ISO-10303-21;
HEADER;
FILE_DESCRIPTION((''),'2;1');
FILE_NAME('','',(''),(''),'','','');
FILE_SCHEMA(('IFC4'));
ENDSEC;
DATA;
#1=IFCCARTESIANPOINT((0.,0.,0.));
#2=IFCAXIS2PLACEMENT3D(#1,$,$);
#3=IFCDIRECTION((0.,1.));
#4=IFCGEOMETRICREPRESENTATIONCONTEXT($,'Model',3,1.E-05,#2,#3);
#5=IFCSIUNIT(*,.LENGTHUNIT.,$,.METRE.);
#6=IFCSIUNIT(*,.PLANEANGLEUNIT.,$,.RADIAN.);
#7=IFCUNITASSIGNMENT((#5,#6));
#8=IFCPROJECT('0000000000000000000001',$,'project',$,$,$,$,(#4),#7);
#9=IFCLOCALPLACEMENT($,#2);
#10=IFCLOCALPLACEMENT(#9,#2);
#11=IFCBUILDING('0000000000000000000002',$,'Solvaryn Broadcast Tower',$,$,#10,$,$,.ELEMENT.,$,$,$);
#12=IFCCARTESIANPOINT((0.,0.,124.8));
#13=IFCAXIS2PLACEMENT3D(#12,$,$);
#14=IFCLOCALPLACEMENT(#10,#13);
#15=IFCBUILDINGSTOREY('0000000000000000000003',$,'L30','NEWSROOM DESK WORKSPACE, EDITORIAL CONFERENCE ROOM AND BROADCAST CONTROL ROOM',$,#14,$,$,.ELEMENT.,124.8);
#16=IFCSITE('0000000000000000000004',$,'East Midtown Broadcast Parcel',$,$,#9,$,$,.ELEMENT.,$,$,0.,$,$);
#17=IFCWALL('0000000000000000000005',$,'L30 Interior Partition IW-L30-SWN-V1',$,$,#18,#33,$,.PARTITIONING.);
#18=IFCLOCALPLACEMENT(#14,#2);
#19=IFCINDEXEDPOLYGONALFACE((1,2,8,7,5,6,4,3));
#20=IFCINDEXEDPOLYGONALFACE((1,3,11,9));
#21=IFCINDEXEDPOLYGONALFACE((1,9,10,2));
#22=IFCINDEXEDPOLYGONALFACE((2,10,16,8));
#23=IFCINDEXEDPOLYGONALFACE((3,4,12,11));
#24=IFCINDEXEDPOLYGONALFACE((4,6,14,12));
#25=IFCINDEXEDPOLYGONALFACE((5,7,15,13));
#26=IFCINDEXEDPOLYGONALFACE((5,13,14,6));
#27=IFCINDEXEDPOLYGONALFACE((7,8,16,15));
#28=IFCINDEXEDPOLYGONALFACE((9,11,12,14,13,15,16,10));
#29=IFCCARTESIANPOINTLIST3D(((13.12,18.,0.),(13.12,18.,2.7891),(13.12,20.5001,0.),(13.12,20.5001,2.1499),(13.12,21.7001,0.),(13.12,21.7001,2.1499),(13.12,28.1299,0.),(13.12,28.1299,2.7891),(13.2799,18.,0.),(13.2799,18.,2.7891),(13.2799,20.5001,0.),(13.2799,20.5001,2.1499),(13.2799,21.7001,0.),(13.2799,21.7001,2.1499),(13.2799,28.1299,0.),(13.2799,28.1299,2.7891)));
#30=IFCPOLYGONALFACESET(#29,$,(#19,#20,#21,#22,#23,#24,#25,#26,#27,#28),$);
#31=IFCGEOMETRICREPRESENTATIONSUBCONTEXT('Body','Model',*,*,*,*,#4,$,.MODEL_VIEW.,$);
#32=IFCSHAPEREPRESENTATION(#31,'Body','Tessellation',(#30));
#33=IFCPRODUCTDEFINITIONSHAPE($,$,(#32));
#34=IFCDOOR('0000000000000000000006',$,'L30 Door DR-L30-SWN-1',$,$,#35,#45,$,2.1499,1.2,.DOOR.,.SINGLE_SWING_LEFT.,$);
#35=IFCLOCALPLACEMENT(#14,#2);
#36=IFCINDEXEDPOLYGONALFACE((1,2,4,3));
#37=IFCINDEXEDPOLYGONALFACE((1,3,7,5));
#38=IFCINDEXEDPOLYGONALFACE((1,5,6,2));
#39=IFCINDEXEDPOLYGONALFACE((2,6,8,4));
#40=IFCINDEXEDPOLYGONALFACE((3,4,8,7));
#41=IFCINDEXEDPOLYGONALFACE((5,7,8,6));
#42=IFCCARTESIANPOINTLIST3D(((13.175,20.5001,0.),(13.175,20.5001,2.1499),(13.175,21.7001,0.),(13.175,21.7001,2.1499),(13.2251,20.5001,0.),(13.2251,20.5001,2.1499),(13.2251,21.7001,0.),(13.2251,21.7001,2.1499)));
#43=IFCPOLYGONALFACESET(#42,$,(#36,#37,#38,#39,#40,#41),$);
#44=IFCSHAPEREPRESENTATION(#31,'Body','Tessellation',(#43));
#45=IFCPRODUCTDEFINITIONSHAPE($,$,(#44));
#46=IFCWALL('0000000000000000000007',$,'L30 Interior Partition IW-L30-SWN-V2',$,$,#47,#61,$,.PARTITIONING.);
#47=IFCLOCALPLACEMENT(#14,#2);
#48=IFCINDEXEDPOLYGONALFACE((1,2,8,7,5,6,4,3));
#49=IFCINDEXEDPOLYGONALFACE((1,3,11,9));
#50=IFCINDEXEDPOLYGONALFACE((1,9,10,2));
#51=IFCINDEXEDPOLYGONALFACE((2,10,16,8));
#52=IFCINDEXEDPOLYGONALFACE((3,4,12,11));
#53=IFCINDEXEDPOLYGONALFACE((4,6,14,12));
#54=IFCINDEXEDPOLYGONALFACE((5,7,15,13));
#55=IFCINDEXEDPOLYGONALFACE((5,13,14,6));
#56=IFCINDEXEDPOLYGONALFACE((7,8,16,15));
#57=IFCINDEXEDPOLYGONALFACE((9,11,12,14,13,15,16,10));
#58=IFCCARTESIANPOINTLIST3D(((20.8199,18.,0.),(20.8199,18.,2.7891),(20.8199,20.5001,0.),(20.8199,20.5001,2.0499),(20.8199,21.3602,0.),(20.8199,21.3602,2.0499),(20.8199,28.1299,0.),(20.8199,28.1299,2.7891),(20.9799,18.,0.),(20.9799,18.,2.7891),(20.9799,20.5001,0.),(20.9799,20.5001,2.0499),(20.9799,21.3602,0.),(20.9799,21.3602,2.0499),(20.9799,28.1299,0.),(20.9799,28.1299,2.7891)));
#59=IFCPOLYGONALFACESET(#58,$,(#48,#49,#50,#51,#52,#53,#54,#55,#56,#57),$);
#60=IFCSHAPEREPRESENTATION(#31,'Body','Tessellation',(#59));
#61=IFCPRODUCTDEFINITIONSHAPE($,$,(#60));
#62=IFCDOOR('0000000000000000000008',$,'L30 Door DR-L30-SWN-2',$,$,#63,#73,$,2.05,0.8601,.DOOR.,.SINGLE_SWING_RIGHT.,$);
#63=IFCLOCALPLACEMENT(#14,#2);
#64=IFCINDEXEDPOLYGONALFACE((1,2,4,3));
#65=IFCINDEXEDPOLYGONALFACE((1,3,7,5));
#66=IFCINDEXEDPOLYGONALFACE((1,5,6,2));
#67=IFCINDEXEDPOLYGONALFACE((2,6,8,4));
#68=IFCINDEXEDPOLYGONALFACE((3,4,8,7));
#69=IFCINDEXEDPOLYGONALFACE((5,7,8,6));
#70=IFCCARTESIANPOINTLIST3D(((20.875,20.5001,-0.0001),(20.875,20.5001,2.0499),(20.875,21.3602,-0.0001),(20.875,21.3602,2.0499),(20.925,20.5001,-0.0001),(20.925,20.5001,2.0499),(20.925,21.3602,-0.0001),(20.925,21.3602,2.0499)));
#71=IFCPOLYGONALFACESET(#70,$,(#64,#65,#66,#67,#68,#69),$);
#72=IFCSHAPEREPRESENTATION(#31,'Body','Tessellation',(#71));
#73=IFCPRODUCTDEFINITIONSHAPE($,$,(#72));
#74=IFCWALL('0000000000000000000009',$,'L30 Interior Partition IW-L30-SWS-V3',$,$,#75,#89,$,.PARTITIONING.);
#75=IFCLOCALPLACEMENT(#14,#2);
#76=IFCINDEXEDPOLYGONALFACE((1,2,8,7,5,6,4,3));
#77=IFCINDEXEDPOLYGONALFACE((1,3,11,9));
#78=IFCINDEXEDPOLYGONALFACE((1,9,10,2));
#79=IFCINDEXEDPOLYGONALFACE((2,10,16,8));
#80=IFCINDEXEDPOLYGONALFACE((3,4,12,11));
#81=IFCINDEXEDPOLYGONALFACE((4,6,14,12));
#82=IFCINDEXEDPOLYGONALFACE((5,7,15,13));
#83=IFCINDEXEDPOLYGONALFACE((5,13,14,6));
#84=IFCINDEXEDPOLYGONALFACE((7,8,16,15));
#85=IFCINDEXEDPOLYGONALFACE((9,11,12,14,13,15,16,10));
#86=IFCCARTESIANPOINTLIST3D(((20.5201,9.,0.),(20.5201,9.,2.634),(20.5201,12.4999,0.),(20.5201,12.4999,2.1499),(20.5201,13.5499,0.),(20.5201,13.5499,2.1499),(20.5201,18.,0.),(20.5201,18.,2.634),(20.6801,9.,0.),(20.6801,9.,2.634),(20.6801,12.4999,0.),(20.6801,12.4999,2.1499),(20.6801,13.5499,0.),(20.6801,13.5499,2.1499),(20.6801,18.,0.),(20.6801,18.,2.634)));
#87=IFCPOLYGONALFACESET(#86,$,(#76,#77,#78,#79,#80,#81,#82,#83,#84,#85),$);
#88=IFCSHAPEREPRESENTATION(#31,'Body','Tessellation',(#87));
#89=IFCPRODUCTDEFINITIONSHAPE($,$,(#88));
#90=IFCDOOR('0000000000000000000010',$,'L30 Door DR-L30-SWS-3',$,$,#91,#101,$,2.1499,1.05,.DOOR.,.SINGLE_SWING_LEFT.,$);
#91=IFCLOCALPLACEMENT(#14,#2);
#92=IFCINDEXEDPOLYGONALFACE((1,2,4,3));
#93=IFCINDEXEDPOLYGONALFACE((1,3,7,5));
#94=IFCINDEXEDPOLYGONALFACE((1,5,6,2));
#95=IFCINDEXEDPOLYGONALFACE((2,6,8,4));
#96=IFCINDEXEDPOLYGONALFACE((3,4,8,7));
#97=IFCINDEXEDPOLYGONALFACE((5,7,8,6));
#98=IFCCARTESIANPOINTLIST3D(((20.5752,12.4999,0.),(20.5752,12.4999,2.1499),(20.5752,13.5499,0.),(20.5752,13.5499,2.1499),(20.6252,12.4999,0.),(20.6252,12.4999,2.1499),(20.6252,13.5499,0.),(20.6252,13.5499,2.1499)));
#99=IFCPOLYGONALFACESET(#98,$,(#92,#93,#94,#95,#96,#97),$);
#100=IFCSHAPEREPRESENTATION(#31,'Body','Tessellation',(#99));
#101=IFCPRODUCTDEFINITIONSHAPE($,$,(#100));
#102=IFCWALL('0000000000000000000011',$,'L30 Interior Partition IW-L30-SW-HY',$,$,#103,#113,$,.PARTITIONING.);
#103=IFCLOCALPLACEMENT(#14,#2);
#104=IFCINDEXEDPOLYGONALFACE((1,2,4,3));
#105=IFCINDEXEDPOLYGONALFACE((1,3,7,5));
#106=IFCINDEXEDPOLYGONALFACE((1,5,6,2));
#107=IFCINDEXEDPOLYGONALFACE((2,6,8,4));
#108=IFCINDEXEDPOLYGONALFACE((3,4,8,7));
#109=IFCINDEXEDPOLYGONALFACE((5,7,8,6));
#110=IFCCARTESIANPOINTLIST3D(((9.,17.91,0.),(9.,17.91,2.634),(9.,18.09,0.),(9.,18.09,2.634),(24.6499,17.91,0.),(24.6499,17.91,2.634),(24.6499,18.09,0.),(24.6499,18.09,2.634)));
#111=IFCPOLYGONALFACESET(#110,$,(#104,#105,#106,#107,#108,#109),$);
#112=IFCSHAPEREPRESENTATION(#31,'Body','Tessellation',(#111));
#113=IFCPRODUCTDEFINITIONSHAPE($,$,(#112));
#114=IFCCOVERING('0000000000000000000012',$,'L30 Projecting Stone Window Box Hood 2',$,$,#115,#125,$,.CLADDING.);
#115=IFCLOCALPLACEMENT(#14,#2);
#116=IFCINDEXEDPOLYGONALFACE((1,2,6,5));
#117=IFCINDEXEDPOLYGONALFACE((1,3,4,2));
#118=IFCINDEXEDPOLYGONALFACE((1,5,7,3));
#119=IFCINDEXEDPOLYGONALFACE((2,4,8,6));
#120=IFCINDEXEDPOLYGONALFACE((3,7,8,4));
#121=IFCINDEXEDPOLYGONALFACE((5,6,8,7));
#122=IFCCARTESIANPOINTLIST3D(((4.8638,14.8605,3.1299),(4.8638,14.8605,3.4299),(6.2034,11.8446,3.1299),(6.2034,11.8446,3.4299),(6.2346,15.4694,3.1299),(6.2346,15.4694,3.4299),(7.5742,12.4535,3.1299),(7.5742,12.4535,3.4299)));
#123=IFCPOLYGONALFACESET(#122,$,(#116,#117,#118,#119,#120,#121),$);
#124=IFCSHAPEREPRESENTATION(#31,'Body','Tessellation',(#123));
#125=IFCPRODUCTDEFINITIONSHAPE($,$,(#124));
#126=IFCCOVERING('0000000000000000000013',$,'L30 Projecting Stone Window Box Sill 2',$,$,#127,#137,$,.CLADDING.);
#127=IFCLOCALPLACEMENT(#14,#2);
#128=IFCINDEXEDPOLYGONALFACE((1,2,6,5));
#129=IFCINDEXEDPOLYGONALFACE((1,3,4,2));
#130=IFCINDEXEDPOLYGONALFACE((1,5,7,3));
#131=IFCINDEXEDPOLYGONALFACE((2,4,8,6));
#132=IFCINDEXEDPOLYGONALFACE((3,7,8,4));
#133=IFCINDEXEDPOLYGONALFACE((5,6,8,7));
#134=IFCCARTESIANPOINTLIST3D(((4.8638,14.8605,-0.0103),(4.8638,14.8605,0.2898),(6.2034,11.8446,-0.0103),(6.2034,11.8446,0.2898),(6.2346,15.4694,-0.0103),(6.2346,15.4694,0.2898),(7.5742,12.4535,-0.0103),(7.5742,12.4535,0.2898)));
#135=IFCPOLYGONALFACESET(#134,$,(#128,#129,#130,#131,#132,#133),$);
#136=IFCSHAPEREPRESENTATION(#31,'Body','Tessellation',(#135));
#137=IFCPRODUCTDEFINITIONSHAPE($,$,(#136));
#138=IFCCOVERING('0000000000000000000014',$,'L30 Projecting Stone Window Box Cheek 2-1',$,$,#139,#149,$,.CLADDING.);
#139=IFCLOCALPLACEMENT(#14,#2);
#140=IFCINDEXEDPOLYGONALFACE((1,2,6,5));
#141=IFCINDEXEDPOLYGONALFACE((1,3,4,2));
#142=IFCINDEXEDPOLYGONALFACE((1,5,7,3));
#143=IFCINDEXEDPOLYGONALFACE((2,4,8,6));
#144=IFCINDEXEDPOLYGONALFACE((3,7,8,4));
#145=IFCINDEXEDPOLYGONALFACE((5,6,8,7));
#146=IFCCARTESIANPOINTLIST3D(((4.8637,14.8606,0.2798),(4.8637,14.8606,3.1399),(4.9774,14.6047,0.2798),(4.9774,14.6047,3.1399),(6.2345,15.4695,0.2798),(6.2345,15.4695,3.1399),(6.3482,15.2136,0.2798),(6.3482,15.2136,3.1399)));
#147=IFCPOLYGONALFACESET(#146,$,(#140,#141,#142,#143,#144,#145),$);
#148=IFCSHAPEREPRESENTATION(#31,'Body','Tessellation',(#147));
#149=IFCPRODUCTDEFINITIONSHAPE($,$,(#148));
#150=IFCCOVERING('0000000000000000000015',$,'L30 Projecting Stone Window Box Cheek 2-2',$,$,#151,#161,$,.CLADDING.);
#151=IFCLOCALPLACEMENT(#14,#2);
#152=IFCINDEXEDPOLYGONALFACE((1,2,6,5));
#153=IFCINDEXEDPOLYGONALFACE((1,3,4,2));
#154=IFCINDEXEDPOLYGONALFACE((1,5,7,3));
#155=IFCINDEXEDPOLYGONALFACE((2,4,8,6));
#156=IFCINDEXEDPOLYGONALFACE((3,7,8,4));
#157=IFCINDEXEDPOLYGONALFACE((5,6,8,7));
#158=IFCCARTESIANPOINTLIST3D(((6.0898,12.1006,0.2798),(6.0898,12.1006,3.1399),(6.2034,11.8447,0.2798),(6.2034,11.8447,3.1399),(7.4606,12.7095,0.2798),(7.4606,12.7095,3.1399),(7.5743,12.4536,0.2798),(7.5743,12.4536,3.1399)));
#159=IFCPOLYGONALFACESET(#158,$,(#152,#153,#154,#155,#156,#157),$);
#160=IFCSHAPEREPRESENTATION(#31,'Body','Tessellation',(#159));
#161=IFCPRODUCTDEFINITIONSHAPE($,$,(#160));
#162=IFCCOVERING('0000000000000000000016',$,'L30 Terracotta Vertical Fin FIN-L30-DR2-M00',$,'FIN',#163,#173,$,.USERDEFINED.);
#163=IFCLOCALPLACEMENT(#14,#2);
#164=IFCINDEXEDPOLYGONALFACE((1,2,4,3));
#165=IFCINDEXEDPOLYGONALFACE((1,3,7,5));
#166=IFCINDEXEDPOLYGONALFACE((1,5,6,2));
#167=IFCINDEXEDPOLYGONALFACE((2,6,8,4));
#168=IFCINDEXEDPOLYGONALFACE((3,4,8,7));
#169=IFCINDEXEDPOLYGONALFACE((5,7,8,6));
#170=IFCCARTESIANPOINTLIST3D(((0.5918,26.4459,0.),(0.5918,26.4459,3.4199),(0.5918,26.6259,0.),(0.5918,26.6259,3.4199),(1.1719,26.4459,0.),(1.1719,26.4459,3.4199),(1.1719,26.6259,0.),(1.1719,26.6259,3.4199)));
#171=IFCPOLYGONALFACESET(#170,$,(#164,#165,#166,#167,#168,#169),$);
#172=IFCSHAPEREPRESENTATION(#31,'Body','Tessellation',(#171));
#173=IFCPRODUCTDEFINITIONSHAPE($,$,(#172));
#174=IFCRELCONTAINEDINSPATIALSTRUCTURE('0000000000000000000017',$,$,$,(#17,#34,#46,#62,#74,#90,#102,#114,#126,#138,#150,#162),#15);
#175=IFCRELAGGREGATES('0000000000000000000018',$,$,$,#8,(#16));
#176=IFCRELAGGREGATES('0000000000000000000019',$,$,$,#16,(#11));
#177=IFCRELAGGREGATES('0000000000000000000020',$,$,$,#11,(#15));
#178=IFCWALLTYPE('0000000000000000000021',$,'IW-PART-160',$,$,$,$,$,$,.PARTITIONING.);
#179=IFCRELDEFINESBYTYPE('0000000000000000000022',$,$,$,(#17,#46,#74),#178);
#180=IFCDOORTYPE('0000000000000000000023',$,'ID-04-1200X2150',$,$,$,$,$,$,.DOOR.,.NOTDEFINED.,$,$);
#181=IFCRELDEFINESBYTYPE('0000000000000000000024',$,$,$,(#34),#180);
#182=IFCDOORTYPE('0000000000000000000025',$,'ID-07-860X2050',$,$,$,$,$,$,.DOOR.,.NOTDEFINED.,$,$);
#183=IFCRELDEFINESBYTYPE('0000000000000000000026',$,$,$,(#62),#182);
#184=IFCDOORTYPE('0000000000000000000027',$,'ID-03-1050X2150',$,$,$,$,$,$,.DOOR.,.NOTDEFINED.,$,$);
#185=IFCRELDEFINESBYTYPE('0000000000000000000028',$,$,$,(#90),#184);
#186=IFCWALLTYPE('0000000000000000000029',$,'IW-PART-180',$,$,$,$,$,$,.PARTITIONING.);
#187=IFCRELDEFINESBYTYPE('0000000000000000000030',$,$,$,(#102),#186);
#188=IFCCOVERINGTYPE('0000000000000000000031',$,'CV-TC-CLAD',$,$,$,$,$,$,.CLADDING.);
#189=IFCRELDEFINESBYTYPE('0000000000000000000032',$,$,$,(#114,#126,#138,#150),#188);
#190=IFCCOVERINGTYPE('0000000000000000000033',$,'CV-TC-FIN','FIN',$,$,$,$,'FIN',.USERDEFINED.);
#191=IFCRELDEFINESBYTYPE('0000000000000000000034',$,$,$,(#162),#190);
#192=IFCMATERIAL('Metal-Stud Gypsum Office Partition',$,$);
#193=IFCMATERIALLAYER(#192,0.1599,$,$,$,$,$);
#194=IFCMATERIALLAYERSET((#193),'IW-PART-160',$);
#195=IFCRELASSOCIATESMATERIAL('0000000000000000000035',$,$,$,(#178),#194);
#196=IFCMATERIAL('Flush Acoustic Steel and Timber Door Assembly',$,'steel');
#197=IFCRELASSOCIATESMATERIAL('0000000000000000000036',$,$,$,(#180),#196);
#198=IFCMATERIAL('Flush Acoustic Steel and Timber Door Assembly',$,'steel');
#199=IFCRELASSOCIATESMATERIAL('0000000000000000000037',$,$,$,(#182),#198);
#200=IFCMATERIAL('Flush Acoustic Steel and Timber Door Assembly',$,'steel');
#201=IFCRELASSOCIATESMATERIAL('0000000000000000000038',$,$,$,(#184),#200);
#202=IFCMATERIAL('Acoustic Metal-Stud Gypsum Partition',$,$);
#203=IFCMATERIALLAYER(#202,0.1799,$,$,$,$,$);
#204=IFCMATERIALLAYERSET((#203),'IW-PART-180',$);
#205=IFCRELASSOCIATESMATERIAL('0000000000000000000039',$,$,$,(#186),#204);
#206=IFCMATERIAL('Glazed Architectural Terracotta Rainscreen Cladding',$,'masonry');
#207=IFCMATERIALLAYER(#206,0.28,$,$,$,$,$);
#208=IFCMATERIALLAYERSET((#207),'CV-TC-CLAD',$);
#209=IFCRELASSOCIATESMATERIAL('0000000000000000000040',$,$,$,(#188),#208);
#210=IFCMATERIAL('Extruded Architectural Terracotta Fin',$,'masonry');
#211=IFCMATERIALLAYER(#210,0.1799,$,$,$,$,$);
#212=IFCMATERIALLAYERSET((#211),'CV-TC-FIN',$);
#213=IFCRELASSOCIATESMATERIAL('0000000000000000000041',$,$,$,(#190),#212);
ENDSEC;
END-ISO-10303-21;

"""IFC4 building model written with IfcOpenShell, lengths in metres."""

from ifc_helpers import new_model, si_unit, direction, frame, frame_2d, origin, origin_2d, place, context, subcontext, project, spatial, rectangle, extrude, material, layer, layer_set, type_object, element, fill, save


model = new_model("IFC4")

# Units and contexts
model_context = context("Model", 3, precision=1e-05, world=origin(), true_north=direction((0.0, 1.0)))
body_context = subcontext(model_context, "Body", "Model", "MODEL_VIEW")
ifc_project = project(units=[si_unit("LENGTHUNIT", "METRE"), si_unit("PLANEANGLEUNIT", "RADIAN")], contexts=[model_context])

# Site, building, storey
site_placement = place(None, origin())
site = spatial("IfcSite", under=ifc_project, at=site_placement, Name="East Midtown Broadcast Parcel", CompositionType="ELEMENT", RefElevation=0.0)
building_placement = place(site_placement, origin())
building = spatial("IfcBuilding", under=site, at=building_placement, Name="Solvaryn Broadcast Tower", CompositionType="ELEMENT")
storey_placement = place(building_placement, frame((0.0, 0.0, 124.8)))
storey = spatial("IfcBuildingStorey", under=building, at=storey_placement, Name="L30", Description="NEWSROOM DESK WORKSPACE, EDITORIAL CONFERENCE ROOM AND BROADCAST CONTROL ROOM", CompositionType="ELEMENT", Elevation=124.8)

# Walls, openings, doors
ifc_material_1 = material(Name="Metal-Stud Gypsum Office Partition")
ifc_layer_1 = layer(ifc_material_1, 0.1599)
ifc_layer_set_1 = layer_set([ifc_layer_1], Name="IW-PART-160")
wall_type_1 = type_object("IfcWallType", Name="IW-PART-160", PredefinedType="PARTITIONING", material=ifc_layer_set_1)
wall_1_placement = place(storey_placement, frame((13.2, 18.0, 0.0), z_axis=(0.0, 0.0, 1.0), x_axis=(0.0, 1.0, 0.0)))
wall_1 = element("IfcWall", 1, at=wall_1_placement, inside=storey, type_object=wall_type_1, Name="L30 Interior Partition IW-L30-SWN-V1", PredefinedType="PARTITIONING", context=body_context, shape_type="SweptSolid", body=[
    extrude(rectangle(XDim=10.1299, YDim=0.1599, at=frame_2d((5.0649, 0.0))), origin(), (0.0, 0.0, 1.0), 2.7891),
])
opening_1_placement = place(wall_1_placement, frame((2.5, 0.0, 0.0)))
opening_1 = element("IfcOpeningElement", 2, at=opening_1_placement, cuts=wall_1, PredefinedType="OPENING", context=body_context, shape_type="SweptSolid", body=[
    extrude(rectangle(XDim=1.2, YDim=2.1499, at=frame_2d((0.6001, 1.075))), frame((0.0, 0.0901, 0.0), z_axis=(0.0, -1.0, 0.0), x_axis=(1.0, 0.0, 0.0)), (0.0, 0.0, 1.0), 0.1799),
])
ifc_material_2 = material(Name="Flush Acoustic Steel and Timber Door Assembly", Category="steel")
door_type_1 = type_object("IfcDoorType", Name="ID-04-1200X2150", OperationType="NOTDEFINED", PredefinedType="DOOR", material=ifc_material_2)
door_1_placement = place(opening_1_placement, origin())
door_1 = element("IfcDoor", 3, at=door_1_placement, inside=storey, type_object=door_type_1, Name="L30 Door DR-L30-SWN-1", OperationType="SINGLE_SWING_LEFT", OverallHeight=2.1499, OverallWidth=1.2, PredefinedType="DOOR", context=body_context, shape_type="SweptSolid", body=[
    extrude(rectangle(XDim=1.2, YDim=2.1499, at=frame_2d((0.6001, 1.075))), frame((0.0, 0.0249, 0.0), z_axis=(0.0, -1.0, 0.0), x_axis=(1.0, 0.0, 0.0)), (0.0, 0.0, 1.0), 0.05),
])
fill(opening_1, door_1)
wall_2_placement = place(storey_placement, frame((20.8999, 18.0, 0.0), z_axis=(0.0, 0.0, 1.0), x_axis=(0.0, 1.0, 0.0)))
wall_2 = element("IfcWall", 4, at=wall_2_placement, inside=storey, type_object=wall_type_1, Name="L30 Interior Partition IW-L30-SWN-V2", PredefinedType="PARTITIONING", context=body_context, shape_type="SweptSolid", body=[
    extrude(rectangle(XDim=10.1299, YDim=0.1599, at=frame_2d((5.0649, 0.0))), origin(), (0.0, 0.0, 1.0), 2.7891),
])
opening_2_placement = place(wall_2_placement, frame((2.5, 0.0, 0.0)))
opening_2 = element("IfcOpeningElement", 5, at=opening_2_placement, cuts=wall_2, PredefinedType="OPENING", context=body_context, shape_type="SweptSolid", body=[
    extrude(rectangle(XDim=0.8601, YDim=2.05, at=frame_2d((0.4302, 1.0249))), frame((0.0, 0.0901, 0.0), z_axis=(0.0, -1.0, 0.0), x_axis=(1.0, 0.0, 0.0)), (0.0, 0.0, 1.0), 0.1799),
])
ifc_material_3 = material(Name="Flush Acoustic Steel and Timber Door Assembly", Category="steel")
door_type_2 = type_object("IfcDoorType", Name="ID-07-860X2050", OperationType="NOTDEFINED", PredefinedType="DOOR", material=ifc_material_3)
door_2_placement = place(opening_2_placement, origin())
door_2 = element("IfcDoor", 6, at=door_2_placement, inside=storey, type_object=door_type_2, Name="L30 Door DR-L30-SWN-2", OperationType="SINGLE_SWING_RIGHT", OverallHeight=2.05, OverallWidth=0.8601, PredefinedType="DOOR", context=body_context, shape_type="SweptSolid", body=[
    extrude(rectangle(XDim=0.8601, YDim=2.05, at=frame_2d((0.4302, 1.0249))), frame((0.0, 0.0249, 0.0), z_axis=(0.0, -1.0, 0.0), x_axis=(1.0, 0.0, 0.0)), (0.0, 0.0, 1.0), 0.05),
])
fill(opening_2, door_2)
wall_3_placement = place(storey_placement, frame((20.6001, 9.0, 0.0), z_axis=(0.0, 0.0, 1.0), x_axis=(0.0, 1.0, 0.0)))
wall_3 = element("IfcWall", 7, at=wall_3_placement, inside=storey, type_object=wall_type_1, Name="L30 Interior Partition IW-L30-SWS-V3", PredefinedType="PARTITIONING", context=body_context, shape_type="SweptSolid", body=[
    extrude(rectangle(XDim=9.0, YDim=0.1599, at=frame_2d((4.5, 0.0))), origin(), (0.0, 0.0, 1.0), 2.634),
])
opening_3_placement = place(wall_3_placement, frame((3.5, 0.0, 0.0)))
opening_3 = element("IfcOpeningElement", 8, at=opening_3_placement, cuts=wall_3, PredefinedType="OPENING", context=body_context, shape_type="SweptSolid", body=[
    extrude(rectangle(XDim=1.05, YDim=2.1499, at=frame_2d((0.5249, 1.075))), frame((0.0, 0.0901, 0.0), z_axis=(0.0, -1.0, 0.0), x_axis=(1.0, 0.0, 0.0)), (0.0, 0.0, 1.0), 0.1799),
])
ifc_material_4 = material(Name="Flush Acoustic Steel and Timber Door Assembly", Category="steel")
door_type_3 = type_object("IfcDoorType", Name="ID-03-1050X2150", OperationType="NOTDEFINED", PredefinedType="DOOR", material=ifc_material_4)
door_3_placement = place(opening_3_placement, origin())
door_3 = element("IfcDoor", 9, at=door_3_placement, inside=storey, type_object=door_type_3, Name="L30 Door DR-L30-SWS-3", OperationType="SINGLE_SWING_LEFT", OverallHeight=2.1499, OverallWidth=1.05, PredefinedType="DOOR", context=body_context, shape_type="SweptSolid", body=[
    extrude(rectangle(XDim=1.05, YDim=2.1499, at=frame_2d((0.5249, 1.075))), frame((0.0, 0.0249, 0.0), z_axis=(0.0, -1.0, 0.0), x_axis=(1.0, 0.0, 0.0)), (0.0, 0.0, 1.0), 0.05),
])
fill(opening_3, door_3)

# Wall
ifc_material_5 = material(Name="Acoustic Metal-Stud Gypsum Partition")
ifc_layer_2 = layer(ifc_material_5, 0.1799)
ifc_layer_set_2 = layer_set([ifc_layer_2], Name="IW-PART-180")
wall_type_2 = type_object("IfcWallType", Name="IW-PART-180", PredefinedType="PARTITIONING", material=ifc_layer_set_2)
wall_4_placement = place(storey_placement, frame((9.0, 18.0, 0.0), z_axis=(0.0, 0.0, 1.0), x_axis=(1.0, 0.0, 0.0)))
element("IfcWall", 10, at=wall_4_placement, inside=storey, type_object=wall_type_2, Name="L30 Interior Partition IW-L30-SW-HY", PredefinedType="PARTITIONING", context=body_context, shape_type="SweptSolid", body=[
    extrude(rectangle(XDim=15.6499, YDim=0.1799, at=frame_2d((7.825, 0.0))), origin(), (0.0, 0.0, 1.0), 2.634),
])

# Coverings
ifc_material_6 = material(Name="Glazed Architectural Terracotta Rainscreen Cladding", Category="masonry")
ifc_layer_3 = layer(ifc_material_6, 0.28)
ifc_layer_set_3 = layer_set([ifc_layer_3], Name="CV-TC-CLAD")
covering_type_1 = type_object("IfcCoveringType", Name="CV-TC-CLAD", PredefinedType="CLADDING", material=ifc_layer_set_3)
for number, where, z_axis, x_axis, name in (
    (11, (6.219, 13.657, 3.1299), (0.0, 0.0, 1.0), (0.405939, -0.9139, 0.0), "L30 Projecting Stone Window Box Hood 2"),
    (12, (6.219, 13.657, -0.0103), (0.0, 0.0, 1.0), (0.405939, -0.9139, 0.0), "L30 Projecting Stone Window Box Sill 2"),
):
    element("IfcCovering", number, at=place(storey_placement, frame(where, z_axis=z_axis, x_axis=x_axis)), inside=storey, type_object=covering_type_1, Name=name, PredefinedType="CLADDING", context=body_context, shape_type="SweptSolid", body=[
        extrude(rectangle(XDim=3.3, YDim=1.5, at=origin_2d()), origin(), (0.0, 0.0, 1.0), 0.3),
    ])
for number, where, z_axis, x_axis, name in (
    (13, (5.606, 15.0371, 0.2798), (0.0, 0.0, 1.0), (0.405939, -0.9139, 0.0), "L30 Projecting Stone Window Box Cheek 2-1"),
    (14, (6.832, 12.2771, 0.2798), (0.0, 0.0, 1.0), (0.405939, -0.9139, 0.0), "L30 Projecting Stone Window Box Cheek 2-2"),
):
    element("IfcCovering", number, at=place(storey_placement, frame(where, z_axis=z_axis, x_axis=x_axis)), inside=storey, type_object=covering_type_1, Name=name, PredefinedType="CLADDING", context=body_context, shape_type="SweptSolid", body=[
        extrude(rectangle(XDim=0.28, YDim=1.5, at=origin_2d()), origin(), (0.0, 0.0, 1.0), 2.8601),
    ])
ifc_material_7 = material(Name="Extruded Architectural Terracotta Fin", Category="masonry")
ifc_layer_4 = layer(ifc_material_7, 0.1799)
ifc_layer_set_4 = layer_set([ifc_layer_4], Name="CV-TC-FIN")
covering_type_2 = type_object("IfcCoveringType", Name="CV-TC-FIN", Description="FIN", ElementType="FIN", PredefinedType="USERDEFINED", material=ifc_layer_set_4)
covering_placement = place(storey_placement, frame((0.8818, 26.5359, 0.0), z_axis=(0.0, 0.0, 1.0), x_axis=(1.0, 0.0, 0.0)))
element("IfcCovering", 15, at=covering_placement, inside=storey, type_object=covering_type_2, Name="L30 Terracotta Vertical Fin FIN-L30-DR2-M00", ObjectType="FIN", PredefinedType="USERDEFINED", context=body_context, shape_type="SweptSolid", body=[
    extrude(rectangle(XDim=0.5801, YDim=0.1799, at=origin_2d()), origin(), (0.0, 0.0, 1.0), 3.4199),
])

save(model, "model.ifc")
